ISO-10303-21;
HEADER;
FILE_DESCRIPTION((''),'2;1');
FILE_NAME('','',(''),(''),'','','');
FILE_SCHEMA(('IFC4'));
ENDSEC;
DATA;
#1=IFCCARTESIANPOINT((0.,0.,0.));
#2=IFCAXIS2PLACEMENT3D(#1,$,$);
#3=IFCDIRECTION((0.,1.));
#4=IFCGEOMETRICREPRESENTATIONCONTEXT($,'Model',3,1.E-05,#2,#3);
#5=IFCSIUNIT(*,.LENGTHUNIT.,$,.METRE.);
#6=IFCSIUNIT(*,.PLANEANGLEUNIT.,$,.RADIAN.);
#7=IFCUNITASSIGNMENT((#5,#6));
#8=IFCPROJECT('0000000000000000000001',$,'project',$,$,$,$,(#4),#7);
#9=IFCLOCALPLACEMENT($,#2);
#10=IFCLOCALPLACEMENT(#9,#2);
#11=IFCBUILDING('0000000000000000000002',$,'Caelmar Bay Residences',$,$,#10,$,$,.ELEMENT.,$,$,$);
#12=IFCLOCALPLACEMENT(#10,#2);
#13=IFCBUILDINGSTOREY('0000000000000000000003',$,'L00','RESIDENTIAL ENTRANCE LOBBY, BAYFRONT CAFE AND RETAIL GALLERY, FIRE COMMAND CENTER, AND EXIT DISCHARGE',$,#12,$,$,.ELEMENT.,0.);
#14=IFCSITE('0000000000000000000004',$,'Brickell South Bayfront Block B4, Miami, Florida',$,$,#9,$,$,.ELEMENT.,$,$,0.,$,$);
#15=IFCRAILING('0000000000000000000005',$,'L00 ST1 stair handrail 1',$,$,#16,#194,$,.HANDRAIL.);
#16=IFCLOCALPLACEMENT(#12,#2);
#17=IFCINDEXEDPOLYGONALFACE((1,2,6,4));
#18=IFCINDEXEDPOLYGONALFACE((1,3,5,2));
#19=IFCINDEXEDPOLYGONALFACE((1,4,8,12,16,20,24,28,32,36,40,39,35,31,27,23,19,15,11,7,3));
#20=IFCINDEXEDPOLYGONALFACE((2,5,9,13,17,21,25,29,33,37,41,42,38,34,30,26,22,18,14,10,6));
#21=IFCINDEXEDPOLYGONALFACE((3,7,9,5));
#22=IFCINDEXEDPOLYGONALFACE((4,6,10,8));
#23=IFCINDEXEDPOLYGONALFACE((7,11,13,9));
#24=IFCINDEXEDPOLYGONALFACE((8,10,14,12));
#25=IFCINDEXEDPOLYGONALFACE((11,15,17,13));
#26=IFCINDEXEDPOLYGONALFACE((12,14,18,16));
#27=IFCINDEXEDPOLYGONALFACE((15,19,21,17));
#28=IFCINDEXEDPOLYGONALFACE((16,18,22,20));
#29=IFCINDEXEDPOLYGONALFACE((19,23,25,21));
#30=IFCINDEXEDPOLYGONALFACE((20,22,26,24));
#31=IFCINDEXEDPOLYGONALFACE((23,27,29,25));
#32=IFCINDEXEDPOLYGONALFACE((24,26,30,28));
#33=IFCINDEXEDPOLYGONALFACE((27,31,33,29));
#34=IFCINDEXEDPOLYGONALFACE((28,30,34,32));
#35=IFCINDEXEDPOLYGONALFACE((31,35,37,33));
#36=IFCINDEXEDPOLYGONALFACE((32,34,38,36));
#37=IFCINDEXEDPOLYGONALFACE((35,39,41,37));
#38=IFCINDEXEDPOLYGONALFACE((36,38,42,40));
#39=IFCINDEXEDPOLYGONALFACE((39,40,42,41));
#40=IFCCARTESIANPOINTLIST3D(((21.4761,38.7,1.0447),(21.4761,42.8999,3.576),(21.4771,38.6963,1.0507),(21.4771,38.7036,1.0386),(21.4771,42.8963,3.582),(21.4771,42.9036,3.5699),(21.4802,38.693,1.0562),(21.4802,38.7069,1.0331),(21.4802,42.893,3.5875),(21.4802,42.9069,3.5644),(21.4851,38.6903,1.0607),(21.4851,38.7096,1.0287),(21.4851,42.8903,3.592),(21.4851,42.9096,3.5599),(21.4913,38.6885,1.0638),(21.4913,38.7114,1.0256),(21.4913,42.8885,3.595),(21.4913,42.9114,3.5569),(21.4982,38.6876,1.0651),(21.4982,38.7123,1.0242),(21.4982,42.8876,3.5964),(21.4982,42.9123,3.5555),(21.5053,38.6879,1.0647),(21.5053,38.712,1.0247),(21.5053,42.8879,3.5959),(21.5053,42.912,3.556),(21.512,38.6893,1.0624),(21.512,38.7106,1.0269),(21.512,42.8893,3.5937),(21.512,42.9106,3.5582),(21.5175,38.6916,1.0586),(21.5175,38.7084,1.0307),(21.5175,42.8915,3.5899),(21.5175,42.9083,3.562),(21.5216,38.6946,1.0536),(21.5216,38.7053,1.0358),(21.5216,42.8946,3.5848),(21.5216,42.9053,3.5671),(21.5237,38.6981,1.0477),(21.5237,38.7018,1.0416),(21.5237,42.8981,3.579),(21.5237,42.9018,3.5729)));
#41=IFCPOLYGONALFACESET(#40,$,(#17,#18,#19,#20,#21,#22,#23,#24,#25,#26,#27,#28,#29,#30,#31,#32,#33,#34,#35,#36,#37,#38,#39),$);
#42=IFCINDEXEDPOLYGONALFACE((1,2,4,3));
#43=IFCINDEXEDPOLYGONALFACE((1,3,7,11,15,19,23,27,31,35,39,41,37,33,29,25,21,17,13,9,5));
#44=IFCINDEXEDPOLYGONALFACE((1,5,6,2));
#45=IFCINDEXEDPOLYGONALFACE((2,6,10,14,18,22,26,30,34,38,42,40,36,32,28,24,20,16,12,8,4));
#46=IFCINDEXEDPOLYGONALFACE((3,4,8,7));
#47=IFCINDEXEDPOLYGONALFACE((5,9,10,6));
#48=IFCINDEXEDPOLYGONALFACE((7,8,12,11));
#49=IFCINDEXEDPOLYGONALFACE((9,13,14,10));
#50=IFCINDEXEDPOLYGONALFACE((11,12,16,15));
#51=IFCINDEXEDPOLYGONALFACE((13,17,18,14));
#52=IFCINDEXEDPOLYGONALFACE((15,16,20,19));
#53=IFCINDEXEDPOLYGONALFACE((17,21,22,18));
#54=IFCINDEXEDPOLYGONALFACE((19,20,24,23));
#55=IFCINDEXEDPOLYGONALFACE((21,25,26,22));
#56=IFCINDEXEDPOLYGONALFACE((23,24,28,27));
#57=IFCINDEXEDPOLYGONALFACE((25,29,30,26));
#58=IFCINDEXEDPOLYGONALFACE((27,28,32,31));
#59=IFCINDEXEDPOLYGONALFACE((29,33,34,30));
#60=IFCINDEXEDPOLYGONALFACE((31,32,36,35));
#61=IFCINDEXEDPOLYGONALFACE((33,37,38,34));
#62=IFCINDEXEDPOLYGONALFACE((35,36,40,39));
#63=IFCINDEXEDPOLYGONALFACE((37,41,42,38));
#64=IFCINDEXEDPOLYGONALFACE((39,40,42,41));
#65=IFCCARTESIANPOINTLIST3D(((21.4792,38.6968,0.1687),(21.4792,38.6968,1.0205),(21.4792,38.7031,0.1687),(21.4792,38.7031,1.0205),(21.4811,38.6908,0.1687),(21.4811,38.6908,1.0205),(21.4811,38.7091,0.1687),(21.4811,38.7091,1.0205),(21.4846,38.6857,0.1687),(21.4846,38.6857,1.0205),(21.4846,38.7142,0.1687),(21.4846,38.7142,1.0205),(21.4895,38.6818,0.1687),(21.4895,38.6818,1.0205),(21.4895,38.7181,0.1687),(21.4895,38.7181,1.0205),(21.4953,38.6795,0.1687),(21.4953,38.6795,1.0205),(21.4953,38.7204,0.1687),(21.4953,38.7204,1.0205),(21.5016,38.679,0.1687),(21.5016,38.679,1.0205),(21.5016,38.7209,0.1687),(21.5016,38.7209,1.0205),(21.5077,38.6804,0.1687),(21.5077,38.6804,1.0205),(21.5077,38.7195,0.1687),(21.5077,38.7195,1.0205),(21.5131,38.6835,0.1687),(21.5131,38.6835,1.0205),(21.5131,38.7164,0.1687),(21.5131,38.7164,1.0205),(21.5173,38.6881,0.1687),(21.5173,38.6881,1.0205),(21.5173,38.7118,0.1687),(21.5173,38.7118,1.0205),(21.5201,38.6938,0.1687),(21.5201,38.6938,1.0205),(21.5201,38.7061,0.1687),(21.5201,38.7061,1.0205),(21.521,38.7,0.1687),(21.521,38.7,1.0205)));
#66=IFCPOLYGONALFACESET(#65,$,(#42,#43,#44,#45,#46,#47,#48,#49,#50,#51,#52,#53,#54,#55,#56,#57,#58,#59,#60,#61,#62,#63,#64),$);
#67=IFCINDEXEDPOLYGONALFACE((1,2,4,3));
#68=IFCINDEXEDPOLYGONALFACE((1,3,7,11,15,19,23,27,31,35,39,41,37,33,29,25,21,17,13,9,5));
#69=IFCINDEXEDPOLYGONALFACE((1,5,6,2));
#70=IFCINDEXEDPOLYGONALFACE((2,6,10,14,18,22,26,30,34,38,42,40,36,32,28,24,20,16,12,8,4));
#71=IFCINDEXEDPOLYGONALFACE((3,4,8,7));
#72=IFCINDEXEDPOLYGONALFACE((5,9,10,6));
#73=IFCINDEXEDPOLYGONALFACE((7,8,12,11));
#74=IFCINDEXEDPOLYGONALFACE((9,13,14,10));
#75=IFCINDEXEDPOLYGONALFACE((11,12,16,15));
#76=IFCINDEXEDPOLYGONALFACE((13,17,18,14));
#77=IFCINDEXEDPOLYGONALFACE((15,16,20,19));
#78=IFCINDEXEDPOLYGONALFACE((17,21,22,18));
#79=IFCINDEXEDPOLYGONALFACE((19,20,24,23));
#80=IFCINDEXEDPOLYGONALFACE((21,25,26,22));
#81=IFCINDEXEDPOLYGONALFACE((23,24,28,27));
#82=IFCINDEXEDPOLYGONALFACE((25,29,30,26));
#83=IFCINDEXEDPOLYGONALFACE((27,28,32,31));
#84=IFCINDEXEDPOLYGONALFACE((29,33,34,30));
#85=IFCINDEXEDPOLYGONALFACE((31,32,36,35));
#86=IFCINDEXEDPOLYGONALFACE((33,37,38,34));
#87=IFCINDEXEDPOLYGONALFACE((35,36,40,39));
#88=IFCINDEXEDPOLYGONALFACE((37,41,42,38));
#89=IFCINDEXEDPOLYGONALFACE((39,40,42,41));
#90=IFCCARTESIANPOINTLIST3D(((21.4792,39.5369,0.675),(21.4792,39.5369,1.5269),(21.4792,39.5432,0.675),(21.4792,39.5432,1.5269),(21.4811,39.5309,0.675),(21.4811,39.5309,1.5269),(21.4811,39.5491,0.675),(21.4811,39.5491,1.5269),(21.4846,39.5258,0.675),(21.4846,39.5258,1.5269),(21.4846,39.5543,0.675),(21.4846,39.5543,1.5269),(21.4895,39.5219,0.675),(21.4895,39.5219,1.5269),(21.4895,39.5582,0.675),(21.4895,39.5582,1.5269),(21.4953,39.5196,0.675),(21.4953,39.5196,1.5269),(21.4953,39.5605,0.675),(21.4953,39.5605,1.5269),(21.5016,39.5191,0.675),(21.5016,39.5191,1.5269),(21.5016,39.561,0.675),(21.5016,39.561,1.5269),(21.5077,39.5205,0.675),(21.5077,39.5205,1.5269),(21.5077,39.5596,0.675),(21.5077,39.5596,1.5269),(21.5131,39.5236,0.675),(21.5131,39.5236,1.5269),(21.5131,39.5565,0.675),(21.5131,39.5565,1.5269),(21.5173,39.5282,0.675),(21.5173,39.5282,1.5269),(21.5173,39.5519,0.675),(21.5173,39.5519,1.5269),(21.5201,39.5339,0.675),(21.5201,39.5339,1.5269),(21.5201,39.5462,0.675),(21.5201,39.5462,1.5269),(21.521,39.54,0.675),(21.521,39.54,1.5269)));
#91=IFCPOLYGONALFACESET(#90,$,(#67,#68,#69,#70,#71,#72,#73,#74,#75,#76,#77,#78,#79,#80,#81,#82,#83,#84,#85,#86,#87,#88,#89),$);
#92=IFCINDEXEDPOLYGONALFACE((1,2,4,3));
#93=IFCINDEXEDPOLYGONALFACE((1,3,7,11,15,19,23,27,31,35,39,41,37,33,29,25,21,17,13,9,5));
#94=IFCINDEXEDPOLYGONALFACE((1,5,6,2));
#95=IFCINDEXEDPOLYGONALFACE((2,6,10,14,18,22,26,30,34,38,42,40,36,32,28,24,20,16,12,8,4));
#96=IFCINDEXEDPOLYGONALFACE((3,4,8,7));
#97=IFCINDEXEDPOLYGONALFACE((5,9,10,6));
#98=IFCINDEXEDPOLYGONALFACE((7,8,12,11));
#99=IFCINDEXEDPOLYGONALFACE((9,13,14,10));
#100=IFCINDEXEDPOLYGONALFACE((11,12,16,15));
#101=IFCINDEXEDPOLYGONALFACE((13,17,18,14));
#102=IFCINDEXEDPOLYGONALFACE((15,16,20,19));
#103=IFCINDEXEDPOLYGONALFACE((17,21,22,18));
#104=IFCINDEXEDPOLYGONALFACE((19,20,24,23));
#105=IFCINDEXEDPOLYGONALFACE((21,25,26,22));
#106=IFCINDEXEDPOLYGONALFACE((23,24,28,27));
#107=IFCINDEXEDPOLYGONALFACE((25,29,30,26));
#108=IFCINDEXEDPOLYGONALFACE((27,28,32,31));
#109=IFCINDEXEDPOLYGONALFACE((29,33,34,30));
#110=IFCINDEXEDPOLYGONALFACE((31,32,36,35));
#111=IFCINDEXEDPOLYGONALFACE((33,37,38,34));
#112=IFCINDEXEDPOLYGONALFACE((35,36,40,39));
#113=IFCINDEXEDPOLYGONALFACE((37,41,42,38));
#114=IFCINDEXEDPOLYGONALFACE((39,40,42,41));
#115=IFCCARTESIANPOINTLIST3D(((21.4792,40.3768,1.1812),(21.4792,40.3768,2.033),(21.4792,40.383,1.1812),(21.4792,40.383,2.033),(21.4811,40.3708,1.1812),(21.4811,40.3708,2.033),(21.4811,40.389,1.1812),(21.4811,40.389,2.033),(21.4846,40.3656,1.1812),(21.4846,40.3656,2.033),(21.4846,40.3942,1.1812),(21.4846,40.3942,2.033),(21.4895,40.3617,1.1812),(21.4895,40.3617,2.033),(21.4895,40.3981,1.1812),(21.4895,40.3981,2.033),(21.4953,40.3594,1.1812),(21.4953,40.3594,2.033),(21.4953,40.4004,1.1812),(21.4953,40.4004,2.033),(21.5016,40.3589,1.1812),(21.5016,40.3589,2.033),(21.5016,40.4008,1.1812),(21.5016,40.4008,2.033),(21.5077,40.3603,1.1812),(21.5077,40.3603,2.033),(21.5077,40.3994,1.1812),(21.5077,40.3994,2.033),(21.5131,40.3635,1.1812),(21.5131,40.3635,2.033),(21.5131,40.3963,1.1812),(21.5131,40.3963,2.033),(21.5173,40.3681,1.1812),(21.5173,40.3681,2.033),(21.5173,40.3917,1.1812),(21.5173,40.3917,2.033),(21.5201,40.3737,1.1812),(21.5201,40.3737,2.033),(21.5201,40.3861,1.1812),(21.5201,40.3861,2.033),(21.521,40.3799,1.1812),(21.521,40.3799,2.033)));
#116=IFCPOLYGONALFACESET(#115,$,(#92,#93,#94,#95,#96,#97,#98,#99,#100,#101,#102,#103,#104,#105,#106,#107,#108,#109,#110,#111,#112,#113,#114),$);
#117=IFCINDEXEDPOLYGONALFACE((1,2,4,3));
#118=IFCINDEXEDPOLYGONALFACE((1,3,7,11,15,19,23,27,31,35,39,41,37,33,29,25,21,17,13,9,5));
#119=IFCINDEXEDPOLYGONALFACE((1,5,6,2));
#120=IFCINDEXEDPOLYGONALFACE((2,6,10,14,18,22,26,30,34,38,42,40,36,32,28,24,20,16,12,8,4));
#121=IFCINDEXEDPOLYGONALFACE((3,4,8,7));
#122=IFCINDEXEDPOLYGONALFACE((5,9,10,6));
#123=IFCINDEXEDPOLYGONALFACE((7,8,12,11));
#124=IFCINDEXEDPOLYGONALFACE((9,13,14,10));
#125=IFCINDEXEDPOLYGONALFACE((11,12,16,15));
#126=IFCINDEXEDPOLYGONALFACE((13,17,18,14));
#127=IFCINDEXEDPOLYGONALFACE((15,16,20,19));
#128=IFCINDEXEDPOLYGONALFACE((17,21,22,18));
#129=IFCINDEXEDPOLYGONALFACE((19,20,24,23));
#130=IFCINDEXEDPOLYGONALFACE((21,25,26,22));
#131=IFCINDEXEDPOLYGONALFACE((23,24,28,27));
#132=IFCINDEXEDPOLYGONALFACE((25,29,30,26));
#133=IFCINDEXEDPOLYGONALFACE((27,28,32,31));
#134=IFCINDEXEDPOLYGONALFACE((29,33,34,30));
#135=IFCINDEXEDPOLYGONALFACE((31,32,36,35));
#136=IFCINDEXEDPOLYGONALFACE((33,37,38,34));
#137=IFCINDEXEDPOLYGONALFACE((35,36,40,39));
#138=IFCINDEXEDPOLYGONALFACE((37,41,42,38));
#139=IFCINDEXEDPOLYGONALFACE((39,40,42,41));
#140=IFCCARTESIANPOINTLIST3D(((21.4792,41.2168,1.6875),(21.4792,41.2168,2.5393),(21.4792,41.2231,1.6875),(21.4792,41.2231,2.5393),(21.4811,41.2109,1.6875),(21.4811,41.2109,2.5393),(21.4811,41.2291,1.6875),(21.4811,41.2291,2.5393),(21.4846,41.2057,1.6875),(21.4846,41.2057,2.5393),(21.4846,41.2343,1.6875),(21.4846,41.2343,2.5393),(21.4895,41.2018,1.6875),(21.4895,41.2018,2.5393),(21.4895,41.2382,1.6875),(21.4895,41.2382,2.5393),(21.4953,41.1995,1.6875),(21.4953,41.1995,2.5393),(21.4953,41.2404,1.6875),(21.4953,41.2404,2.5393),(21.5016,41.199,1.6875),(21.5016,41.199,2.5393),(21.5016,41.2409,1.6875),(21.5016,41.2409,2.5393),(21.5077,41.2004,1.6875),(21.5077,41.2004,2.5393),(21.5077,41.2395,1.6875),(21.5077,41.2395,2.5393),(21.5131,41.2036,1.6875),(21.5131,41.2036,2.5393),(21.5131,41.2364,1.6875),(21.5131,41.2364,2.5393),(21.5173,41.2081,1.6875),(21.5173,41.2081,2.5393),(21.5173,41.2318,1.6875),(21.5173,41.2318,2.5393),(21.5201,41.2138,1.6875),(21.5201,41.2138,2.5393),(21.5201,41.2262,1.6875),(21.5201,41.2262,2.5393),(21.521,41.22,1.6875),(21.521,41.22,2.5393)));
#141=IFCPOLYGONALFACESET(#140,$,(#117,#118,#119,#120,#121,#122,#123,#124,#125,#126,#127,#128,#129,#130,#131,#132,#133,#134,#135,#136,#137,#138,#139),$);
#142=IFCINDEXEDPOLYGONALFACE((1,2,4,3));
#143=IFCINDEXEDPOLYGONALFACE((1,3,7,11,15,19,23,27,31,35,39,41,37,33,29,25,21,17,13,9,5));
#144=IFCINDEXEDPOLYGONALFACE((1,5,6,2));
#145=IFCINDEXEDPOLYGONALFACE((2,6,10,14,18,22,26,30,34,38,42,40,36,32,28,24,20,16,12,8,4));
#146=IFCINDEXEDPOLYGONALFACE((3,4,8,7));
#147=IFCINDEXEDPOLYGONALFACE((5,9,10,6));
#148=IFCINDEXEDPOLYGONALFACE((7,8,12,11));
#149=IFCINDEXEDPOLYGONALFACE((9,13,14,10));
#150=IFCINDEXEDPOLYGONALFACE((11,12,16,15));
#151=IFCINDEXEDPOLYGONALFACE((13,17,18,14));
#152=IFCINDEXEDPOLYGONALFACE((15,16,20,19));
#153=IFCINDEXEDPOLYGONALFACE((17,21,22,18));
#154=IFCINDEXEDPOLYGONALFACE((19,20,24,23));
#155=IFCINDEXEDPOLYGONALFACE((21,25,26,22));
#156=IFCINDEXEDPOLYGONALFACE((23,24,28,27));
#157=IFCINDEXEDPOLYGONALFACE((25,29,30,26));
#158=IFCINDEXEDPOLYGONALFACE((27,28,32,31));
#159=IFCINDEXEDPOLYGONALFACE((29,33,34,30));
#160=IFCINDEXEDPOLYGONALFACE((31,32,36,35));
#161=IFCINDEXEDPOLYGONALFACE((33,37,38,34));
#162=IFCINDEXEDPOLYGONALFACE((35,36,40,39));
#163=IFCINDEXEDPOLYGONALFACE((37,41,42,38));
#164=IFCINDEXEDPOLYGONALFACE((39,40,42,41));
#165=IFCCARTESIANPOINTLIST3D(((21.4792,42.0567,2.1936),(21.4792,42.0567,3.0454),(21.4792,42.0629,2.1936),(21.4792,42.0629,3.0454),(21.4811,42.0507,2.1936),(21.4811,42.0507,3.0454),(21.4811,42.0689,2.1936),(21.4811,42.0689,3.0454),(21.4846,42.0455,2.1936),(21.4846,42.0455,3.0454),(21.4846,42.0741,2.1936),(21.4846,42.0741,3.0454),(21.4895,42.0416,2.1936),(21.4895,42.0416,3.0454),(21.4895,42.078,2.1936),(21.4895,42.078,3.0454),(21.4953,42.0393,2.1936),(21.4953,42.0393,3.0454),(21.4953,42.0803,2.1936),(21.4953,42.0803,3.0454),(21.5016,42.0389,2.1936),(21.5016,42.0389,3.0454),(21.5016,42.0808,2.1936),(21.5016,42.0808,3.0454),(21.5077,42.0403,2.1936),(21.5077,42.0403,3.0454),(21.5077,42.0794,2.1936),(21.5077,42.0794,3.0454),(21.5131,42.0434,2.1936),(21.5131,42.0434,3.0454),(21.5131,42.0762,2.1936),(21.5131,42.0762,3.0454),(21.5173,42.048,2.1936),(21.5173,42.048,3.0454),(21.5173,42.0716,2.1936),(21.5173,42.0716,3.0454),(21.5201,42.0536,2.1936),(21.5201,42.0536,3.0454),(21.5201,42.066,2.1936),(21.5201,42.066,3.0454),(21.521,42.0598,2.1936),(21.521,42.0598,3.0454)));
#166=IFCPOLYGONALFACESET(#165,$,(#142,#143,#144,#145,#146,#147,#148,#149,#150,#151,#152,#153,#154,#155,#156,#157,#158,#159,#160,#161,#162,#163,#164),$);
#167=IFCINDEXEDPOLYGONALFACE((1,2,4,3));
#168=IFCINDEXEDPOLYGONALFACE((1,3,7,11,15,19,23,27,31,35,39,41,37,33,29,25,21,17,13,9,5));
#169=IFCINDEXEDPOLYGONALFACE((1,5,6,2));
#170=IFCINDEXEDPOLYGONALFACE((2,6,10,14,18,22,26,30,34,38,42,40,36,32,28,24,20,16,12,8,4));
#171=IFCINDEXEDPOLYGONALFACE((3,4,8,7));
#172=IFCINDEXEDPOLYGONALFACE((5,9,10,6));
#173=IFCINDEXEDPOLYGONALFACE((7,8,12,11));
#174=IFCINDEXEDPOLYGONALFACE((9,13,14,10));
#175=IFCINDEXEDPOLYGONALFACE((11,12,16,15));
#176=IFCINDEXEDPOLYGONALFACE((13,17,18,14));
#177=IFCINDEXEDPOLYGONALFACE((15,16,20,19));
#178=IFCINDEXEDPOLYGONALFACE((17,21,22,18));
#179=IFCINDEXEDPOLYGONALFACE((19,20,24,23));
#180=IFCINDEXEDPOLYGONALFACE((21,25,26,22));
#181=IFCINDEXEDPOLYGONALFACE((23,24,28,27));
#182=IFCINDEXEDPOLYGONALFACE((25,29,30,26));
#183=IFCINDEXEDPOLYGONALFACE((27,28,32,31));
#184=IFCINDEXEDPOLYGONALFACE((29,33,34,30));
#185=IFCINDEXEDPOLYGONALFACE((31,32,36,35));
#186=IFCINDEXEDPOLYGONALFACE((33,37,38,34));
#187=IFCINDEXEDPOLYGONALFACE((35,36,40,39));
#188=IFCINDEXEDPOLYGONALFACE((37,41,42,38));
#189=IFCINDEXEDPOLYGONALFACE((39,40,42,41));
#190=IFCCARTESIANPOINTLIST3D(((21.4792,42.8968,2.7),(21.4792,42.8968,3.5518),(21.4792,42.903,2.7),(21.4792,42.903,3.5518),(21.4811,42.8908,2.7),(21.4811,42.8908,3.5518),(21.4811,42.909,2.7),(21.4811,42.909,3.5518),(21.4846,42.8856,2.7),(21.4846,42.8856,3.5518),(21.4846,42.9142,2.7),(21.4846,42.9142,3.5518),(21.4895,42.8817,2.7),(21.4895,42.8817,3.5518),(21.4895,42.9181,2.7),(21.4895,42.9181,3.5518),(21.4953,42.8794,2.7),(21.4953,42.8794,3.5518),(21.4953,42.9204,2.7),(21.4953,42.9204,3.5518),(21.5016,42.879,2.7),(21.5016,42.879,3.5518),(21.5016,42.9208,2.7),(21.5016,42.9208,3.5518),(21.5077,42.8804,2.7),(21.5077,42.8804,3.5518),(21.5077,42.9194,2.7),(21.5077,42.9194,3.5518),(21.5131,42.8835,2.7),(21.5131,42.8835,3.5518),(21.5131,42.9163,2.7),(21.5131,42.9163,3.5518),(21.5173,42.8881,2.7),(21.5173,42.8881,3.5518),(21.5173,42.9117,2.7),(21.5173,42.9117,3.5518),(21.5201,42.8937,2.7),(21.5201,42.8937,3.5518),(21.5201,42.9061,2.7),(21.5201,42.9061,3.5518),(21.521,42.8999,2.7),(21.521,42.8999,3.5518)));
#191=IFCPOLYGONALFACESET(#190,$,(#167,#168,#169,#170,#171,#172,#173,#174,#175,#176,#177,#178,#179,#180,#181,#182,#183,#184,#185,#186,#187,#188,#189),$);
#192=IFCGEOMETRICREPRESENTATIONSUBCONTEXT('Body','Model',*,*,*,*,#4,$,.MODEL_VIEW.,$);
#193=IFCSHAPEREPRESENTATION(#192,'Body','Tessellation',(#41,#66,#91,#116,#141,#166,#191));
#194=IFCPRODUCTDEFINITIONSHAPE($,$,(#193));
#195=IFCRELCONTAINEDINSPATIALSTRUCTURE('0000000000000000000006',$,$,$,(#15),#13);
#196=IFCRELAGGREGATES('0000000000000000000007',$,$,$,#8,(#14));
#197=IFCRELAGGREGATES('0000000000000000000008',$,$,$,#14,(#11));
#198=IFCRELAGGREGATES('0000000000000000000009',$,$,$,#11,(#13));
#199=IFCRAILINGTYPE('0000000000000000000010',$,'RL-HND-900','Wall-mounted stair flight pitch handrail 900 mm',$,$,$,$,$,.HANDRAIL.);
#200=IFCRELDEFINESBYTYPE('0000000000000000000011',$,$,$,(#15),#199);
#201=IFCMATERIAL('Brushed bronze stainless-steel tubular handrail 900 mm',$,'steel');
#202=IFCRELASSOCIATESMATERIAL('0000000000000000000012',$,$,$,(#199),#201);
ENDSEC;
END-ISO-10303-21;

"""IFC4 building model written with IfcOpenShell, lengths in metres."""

from ifc_helpers import new_model, si_unit, direction, frame, origin, origin_2d, place, context, subcontext, project, spatial, circle, extrude, material, type_object, element, save


model = new_model("IFC4")

# Units and contexts
model_context = context("Model", 3, precision=1e-05, world=origin(), true_north=direction((0.0, 1.0)))
body_context = subcontext(model_context, "Body", "Model", "MODEL_VIEW")
ifc_project = project(units=[si_unit("LENGTHUNIT", "METRE"), si_unit("PLANEANGLEUNIT", "RADIAN")], contexts=[model_context])

# Site, building, storey
site_placement = place(None, origin())
site = spatial("IfcSite", under=ifc_project, at=site_placement, Name="Brickell South Bayfront Block B4, Miami, Florida", CompositionType="ELEMENT", RefElevation=0.0)
building_placement = place(site_placement, origin())
building = spatial("IfcBuilding", under=site, at=building_placement, Name="Caelmar Bay Residences", CompositionType="ELEMENT")
storey_placement = place(building_placement, origin())
storey = spatial("IfcBuildingStorey", under=building, at=storey_placement, Name="L00", Description="RESIDENTIAL ENTRANCE LOBBY, BAYFRONT CAFE AND RETAIL GALLERY, FIRE COMMAND CENTER, AND EXIT DISCHARGE", CompositionType="ELEMENT", Elevation=0.0)

# Railing
ifc_material_1 = material(Name="Brushed bronze stainless-steel tubular handrail 900 mm", Category="steel")
railing_type_1 = type_object("IfcRailingType", Name="RL-HND-900", Description="Wall-mounted stair flight pitch handrail 900 mm", PredefinedType="HANDRAIL", material=ifc_material_1)
railing_1_placement = place(storey_placement, frame((21.5, 38.7, 0.1687)))
element("IfcRailing", 1, at=railing_1_placement, inside=storey, type_object=railing_type_1, Name="L00 ST1 stair handrail 1", PredefinedType="HANDRAIL", context=body_context, shape_type="SweptSolid", body=[
    extrude(circle(Radius=0.0239, at=origin_2d()), frame((0.0, 0.0, 0.876), z_axis=(0.0, 0.856476, 0.516186), x_axis=(-1.0, 0.0, 0.0)), (0.0, 0.0, 1.0), 4.9038),
    extrude(circle(Radius=0.021, at=origin_2d()), origin(), (0.0, 0.0, 1.0), 0.8518),
    extrude(circle(Radius=0.021, at=origin_2d()), frame((0.0, 0.8401, 0.5063)), (0.0, 0.0, 1.0), 0.8518),
    extrude(circle(Radius=0.021, at=origin_2d()), frame((0.0, 1.6799, 1.0125)), (0.0, 0.0, 1.0), 0.8518),
    extrude(circle(Radius=0.021, at=origin_2d()), frame((0.0, 2.52, 1.5188)), (0.0, 0.0, 1.0), 0.8518),
    extrude(circle(Radius=0.021, at=origin_2d()), frame((0.0, 3.3599, 2.0249)), (0.0, 0.0, 1.0), 0.8518),
    extrude(circle(Radius=0.021, at=origin_2d()), frame((0.0, 4.2, 2.5312)), (0.0, 0.0, 1.0), 0.8518),
])

save(model, "model.ifc")
